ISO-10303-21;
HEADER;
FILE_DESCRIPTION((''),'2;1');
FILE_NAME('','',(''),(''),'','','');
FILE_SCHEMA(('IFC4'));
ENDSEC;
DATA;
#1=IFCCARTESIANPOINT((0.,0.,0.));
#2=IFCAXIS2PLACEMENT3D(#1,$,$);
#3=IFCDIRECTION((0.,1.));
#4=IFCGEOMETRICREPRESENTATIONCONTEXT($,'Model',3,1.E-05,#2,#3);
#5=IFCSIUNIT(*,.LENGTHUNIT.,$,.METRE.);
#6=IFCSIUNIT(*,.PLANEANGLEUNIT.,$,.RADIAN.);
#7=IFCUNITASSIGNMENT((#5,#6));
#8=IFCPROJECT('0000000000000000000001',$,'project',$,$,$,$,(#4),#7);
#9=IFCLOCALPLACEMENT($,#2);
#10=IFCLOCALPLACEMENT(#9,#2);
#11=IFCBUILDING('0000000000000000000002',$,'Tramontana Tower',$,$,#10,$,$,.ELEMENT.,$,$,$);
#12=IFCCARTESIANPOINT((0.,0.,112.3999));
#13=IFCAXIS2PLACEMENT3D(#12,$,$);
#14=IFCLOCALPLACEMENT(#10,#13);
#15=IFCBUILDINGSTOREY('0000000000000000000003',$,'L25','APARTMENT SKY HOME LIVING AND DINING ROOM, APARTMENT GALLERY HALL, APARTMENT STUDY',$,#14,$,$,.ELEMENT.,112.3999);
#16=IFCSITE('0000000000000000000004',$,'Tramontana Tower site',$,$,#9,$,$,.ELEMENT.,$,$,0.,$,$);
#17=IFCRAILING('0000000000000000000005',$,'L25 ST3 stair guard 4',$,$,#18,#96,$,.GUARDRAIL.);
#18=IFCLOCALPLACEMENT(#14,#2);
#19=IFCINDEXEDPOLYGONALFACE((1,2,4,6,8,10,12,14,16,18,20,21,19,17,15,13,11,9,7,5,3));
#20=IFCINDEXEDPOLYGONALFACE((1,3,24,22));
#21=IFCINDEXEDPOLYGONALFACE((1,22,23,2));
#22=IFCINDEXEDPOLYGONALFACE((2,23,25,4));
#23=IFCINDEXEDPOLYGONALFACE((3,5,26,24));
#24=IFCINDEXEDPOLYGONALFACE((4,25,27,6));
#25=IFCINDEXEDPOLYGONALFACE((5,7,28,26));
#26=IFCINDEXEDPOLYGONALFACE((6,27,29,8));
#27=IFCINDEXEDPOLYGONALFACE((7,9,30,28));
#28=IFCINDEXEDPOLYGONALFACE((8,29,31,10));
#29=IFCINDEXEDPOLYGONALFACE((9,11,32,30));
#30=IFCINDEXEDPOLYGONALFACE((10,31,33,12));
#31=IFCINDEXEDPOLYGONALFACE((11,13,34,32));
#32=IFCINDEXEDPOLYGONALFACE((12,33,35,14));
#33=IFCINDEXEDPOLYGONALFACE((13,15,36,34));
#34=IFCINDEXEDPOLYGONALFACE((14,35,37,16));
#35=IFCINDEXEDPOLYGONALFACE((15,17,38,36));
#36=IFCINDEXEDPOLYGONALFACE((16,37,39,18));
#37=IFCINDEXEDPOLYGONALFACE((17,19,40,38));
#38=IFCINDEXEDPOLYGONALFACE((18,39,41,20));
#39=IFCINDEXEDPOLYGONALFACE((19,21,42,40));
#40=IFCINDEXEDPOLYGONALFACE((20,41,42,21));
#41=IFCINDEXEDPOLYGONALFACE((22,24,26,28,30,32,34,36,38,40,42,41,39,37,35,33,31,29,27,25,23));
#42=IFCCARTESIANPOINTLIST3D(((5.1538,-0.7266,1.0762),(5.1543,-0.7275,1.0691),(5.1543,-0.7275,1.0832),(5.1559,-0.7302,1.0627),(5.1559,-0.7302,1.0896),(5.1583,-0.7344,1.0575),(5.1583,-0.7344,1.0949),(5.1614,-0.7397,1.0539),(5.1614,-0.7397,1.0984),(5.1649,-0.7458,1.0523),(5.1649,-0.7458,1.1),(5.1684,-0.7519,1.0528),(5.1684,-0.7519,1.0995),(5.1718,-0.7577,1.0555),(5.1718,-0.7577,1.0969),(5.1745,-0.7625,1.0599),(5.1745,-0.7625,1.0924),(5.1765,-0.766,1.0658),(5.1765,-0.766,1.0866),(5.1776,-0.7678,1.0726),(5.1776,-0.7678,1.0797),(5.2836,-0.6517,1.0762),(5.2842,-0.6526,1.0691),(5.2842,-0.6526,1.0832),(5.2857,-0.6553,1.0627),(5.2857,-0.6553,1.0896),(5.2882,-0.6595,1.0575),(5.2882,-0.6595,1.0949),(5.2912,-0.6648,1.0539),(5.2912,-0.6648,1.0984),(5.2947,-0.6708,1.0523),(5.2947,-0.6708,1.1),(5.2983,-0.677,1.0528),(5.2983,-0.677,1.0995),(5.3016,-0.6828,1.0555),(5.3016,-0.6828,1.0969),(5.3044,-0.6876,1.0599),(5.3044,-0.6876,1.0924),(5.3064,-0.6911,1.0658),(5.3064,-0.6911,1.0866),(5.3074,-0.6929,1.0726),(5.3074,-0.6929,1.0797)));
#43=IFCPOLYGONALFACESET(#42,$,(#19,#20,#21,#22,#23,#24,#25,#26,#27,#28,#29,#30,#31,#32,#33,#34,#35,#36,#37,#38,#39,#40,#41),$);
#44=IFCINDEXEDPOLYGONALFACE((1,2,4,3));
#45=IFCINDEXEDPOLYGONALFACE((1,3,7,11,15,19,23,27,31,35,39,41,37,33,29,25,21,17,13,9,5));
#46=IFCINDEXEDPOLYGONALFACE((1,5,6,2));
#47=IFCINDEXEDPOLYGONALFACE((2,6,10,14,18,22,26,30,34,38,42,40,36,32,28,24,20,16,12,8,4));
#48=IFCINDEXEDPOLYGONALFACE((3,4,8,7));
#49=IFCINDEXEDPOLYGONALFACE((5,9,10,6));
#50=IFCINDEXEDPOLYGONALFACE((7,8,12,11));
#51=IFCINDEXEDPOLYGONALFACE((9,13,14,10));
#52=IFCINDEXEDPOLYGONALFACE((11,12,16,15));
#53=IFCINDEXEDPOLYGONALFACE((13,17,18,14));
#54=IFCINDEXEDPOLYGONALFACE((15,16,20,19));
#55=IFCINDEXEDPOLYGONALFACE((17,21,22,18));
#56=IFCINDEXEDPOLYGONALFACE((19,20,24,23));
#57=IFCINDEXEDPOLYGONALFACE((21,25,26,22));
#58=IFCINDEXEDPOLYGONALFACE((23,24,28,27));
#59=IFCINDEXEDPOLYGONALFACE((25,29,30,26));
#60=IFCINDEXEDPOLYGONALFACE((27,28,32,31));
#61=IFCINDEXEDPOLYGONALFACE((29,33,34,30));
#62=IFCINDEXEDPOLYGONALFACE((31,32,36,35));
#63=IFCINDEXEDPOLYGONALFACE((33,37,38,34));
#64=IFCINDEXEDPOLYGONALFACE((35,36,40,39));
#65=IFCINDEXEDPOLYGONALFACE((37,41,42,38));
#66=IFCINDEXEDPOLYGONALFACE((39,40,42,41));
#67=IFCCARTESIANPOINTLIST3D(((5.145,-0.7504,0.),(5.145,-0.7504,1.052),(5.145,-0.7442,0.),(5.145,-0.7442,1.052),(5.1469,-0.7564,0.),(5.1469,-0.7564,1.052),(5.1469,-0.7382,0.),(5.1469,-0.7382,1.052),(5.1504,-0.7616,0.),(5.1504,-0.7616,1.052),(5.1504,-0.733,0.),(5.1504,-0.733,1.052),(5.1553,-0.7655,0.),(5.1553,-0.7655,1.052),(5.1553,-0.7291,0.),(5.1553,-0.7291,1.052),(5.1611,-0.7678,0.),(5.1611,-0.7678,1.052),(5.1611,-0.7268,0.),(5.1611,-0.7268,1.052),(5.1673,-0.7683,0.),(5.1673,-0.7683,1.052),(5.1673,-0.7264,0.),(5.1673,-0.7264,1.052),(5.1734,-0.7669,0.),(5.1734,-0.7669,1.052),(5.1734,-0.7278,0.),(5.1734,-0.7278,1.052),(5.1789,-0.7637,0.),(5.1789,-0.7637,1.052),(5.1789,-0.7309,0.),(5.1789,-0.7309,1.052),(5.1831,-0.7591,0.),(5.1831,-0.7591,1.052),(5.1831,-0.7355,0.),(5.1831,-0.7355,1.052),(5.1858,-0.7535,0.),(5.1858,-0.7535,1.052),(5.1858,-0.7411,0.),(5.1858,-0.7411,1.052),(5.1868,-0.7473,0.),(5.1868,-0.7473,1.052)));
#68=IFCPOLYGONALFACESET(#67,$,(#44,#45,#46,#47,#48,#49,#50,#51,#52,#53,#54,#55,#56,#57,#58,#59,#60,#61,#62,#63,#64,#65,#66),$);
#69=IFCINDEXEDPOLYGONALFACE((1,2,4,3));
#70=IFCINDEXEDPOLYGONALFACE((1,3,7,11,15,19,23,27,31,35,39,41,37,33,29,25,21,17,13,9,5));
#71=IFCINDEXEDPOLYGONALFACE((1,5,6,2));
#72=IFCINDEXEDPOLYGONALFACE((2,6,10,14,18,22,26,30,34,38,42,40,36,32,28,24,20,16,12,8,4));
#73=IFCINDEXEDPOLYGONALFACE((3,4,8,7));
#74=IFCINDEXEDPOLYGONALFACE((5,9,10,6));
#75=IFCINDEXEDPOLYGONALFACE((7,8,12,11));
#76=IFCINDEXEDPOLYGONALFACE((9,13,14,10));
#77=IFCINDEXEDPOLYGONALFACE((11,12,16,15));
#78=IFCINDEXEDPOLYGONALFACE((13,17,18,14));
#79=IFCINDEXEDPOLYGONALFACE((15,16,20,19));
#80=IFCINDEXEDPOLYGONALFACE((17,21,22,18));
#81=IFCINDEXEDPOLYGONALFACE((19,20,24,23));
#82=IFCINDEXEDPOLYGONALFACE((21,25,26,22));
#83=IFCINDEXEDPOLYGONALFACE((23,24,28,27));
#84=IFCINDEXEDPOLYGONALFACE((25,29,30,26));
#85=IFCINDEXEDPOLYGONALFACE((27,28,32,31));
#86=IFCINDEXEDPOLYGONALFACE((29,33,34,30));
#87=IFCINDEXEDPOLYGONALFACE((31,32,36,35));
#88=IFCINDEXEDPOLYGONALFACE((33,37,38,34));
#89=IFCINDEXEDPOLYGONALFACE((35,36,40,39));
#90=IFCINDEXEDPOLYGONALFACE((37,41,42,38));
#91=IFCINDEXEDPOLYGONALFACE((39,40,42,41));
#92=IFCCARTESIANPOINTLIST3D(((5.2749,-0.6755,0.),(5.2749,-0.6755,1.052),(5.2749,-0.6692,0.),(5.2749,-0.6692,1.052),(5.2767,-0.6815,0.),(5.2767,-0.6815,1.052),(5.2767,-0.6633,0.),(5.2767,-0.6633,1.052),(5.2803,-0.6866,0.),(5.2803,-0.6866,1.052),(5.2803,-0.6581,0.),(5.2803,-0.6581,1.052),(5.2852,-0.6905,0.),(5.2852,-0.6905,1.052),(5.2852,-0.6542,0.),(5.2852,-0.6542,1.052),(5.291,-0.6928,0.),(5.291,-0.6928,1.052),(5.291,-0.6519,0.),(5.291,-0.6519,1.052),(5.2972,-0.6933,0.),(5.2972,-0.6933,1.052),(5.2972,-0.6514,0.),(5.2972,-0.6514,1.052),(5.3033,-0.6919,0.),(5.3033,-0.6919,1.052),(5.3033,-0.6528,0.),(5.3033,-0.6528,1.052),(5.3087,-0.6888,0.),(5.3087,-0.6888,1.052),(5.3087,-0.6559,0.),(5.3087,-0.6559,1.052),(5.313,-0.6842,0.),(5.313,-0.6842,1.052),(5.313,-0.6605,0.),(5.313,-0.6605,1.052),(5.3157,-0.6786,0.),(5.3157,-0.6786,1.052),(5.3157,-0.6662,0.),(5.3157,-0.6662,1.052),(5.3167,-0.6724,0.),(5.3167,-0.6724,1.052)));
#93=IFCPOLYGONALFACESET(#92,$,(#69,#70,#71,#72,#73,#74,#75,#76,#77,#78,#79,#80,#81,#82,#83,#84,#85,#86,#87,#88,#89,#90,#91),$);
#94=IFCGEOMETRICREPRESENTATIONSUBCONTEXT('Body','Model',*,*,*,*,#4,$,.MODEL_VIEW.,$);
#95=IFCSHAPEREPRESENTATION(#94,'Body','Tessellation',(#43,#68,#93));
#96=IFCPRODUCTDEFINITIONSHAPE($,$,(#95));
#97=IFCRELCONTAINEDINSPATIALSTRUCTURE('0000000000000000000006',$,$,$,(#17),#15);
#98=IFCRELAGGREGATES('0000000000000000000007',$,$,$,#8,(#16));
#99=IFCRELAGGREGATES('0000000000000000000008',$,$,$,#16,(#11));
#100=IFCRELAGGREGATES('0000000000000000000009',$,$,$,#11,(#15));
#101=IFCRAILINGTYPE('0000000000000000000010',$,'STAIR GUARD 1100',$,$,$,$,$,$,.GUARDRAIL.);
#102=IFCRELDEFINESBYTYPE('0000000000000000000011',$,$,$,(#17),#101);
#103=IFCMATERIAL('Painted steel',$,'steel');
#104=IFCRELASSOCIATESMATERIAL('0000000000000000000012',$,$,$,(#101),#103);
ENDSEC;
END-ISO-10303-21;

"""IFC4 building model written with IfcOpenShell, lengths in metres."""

from ifc_helpers import new_model, si_unit, direction, frame, origin, origin_2d, place, context, subcontext, project, spatial, circle, extrude, material, type_object, element, save


model = new_model("IFC4")

# Units and contexts
model_context = context("Model", 3, precision=1e-05, world=origin(), true_north=direction((0.0, 1.0)))
body_context = subcontext(model_context, "Body", "Model", "MODEL_VIEW")
ifc_project = project(units=[si_unit("LENGTHUNIT", "METRE"), si_unit("PLANEANGLEUNIT", "RADIAN")], contexts=[model_context])

# Site, building, storey
site_placement = place(None, origin())
site = spatial("IfcSite", under=ifc_project, at=site_placement, Name="Tramontana Tower site", CompositionType="ELEMENT", RefElevation=0.0)
building_placement = place(site_placement, origin())
building = spatial("IfcBuilding", under=site, at=building_placement, Name="Tramontana Tower", CompositionType="ELEMENT")
storey_placement = place(building_placement, frame((0.0, 0.0, 112.3999)))
storey = spatial("IfcBuildingStorey", under=building, at=storey_placement, Name="L25", Description="APARTMENT SKY HOME LIVING AND DINING ROOM, APARTMENT GALLERY HALL, APARTMENT STUDY", CompositionType="ELEMENT", Elevation=112.3999)

# Railing
ifc_material_1 = material(Name="Painted steel", Category="steel")
railing_type_1 = type_object("IfcRailingType", Name="STAIR GUARD 1100", PredefinedType="GUARDRAIL", material=ifc_material_1)
railing_1_placement = place(storey_placement, frame((5.1658, -0.7473, 0.0)))
element("IfcRailing", 1, at=railing_1_placement, inside=storey, type_object=railing_type_1, Name="L25 ST3 stair guard 4", PredefinedType="GUARDRAIL", context=body_context, shape_type="SweptSolid", body=[
    extrude(circle(Radius=0.0239, at=origin_2d()), frame((0.0, 0.0, 1.0762), z_axis=(0.866131, 0.499816, 0.0), x_axis=(-0.499816, 0.866131, 0.0)), (0.0, 0.0, 1.0), 0.1499),
    extrude(circle(Radius=0.021, at=origin_2d()), origin(), (0.0, 0.0, 1.0), 1.052),
    extrude(circle(Radius=0.021, at=origin_2d()), frame((0.1299, 0.075, 0.0)), (0.0, 0.0, 1.0), 1.052),
])

save(model, "model.ifc")
